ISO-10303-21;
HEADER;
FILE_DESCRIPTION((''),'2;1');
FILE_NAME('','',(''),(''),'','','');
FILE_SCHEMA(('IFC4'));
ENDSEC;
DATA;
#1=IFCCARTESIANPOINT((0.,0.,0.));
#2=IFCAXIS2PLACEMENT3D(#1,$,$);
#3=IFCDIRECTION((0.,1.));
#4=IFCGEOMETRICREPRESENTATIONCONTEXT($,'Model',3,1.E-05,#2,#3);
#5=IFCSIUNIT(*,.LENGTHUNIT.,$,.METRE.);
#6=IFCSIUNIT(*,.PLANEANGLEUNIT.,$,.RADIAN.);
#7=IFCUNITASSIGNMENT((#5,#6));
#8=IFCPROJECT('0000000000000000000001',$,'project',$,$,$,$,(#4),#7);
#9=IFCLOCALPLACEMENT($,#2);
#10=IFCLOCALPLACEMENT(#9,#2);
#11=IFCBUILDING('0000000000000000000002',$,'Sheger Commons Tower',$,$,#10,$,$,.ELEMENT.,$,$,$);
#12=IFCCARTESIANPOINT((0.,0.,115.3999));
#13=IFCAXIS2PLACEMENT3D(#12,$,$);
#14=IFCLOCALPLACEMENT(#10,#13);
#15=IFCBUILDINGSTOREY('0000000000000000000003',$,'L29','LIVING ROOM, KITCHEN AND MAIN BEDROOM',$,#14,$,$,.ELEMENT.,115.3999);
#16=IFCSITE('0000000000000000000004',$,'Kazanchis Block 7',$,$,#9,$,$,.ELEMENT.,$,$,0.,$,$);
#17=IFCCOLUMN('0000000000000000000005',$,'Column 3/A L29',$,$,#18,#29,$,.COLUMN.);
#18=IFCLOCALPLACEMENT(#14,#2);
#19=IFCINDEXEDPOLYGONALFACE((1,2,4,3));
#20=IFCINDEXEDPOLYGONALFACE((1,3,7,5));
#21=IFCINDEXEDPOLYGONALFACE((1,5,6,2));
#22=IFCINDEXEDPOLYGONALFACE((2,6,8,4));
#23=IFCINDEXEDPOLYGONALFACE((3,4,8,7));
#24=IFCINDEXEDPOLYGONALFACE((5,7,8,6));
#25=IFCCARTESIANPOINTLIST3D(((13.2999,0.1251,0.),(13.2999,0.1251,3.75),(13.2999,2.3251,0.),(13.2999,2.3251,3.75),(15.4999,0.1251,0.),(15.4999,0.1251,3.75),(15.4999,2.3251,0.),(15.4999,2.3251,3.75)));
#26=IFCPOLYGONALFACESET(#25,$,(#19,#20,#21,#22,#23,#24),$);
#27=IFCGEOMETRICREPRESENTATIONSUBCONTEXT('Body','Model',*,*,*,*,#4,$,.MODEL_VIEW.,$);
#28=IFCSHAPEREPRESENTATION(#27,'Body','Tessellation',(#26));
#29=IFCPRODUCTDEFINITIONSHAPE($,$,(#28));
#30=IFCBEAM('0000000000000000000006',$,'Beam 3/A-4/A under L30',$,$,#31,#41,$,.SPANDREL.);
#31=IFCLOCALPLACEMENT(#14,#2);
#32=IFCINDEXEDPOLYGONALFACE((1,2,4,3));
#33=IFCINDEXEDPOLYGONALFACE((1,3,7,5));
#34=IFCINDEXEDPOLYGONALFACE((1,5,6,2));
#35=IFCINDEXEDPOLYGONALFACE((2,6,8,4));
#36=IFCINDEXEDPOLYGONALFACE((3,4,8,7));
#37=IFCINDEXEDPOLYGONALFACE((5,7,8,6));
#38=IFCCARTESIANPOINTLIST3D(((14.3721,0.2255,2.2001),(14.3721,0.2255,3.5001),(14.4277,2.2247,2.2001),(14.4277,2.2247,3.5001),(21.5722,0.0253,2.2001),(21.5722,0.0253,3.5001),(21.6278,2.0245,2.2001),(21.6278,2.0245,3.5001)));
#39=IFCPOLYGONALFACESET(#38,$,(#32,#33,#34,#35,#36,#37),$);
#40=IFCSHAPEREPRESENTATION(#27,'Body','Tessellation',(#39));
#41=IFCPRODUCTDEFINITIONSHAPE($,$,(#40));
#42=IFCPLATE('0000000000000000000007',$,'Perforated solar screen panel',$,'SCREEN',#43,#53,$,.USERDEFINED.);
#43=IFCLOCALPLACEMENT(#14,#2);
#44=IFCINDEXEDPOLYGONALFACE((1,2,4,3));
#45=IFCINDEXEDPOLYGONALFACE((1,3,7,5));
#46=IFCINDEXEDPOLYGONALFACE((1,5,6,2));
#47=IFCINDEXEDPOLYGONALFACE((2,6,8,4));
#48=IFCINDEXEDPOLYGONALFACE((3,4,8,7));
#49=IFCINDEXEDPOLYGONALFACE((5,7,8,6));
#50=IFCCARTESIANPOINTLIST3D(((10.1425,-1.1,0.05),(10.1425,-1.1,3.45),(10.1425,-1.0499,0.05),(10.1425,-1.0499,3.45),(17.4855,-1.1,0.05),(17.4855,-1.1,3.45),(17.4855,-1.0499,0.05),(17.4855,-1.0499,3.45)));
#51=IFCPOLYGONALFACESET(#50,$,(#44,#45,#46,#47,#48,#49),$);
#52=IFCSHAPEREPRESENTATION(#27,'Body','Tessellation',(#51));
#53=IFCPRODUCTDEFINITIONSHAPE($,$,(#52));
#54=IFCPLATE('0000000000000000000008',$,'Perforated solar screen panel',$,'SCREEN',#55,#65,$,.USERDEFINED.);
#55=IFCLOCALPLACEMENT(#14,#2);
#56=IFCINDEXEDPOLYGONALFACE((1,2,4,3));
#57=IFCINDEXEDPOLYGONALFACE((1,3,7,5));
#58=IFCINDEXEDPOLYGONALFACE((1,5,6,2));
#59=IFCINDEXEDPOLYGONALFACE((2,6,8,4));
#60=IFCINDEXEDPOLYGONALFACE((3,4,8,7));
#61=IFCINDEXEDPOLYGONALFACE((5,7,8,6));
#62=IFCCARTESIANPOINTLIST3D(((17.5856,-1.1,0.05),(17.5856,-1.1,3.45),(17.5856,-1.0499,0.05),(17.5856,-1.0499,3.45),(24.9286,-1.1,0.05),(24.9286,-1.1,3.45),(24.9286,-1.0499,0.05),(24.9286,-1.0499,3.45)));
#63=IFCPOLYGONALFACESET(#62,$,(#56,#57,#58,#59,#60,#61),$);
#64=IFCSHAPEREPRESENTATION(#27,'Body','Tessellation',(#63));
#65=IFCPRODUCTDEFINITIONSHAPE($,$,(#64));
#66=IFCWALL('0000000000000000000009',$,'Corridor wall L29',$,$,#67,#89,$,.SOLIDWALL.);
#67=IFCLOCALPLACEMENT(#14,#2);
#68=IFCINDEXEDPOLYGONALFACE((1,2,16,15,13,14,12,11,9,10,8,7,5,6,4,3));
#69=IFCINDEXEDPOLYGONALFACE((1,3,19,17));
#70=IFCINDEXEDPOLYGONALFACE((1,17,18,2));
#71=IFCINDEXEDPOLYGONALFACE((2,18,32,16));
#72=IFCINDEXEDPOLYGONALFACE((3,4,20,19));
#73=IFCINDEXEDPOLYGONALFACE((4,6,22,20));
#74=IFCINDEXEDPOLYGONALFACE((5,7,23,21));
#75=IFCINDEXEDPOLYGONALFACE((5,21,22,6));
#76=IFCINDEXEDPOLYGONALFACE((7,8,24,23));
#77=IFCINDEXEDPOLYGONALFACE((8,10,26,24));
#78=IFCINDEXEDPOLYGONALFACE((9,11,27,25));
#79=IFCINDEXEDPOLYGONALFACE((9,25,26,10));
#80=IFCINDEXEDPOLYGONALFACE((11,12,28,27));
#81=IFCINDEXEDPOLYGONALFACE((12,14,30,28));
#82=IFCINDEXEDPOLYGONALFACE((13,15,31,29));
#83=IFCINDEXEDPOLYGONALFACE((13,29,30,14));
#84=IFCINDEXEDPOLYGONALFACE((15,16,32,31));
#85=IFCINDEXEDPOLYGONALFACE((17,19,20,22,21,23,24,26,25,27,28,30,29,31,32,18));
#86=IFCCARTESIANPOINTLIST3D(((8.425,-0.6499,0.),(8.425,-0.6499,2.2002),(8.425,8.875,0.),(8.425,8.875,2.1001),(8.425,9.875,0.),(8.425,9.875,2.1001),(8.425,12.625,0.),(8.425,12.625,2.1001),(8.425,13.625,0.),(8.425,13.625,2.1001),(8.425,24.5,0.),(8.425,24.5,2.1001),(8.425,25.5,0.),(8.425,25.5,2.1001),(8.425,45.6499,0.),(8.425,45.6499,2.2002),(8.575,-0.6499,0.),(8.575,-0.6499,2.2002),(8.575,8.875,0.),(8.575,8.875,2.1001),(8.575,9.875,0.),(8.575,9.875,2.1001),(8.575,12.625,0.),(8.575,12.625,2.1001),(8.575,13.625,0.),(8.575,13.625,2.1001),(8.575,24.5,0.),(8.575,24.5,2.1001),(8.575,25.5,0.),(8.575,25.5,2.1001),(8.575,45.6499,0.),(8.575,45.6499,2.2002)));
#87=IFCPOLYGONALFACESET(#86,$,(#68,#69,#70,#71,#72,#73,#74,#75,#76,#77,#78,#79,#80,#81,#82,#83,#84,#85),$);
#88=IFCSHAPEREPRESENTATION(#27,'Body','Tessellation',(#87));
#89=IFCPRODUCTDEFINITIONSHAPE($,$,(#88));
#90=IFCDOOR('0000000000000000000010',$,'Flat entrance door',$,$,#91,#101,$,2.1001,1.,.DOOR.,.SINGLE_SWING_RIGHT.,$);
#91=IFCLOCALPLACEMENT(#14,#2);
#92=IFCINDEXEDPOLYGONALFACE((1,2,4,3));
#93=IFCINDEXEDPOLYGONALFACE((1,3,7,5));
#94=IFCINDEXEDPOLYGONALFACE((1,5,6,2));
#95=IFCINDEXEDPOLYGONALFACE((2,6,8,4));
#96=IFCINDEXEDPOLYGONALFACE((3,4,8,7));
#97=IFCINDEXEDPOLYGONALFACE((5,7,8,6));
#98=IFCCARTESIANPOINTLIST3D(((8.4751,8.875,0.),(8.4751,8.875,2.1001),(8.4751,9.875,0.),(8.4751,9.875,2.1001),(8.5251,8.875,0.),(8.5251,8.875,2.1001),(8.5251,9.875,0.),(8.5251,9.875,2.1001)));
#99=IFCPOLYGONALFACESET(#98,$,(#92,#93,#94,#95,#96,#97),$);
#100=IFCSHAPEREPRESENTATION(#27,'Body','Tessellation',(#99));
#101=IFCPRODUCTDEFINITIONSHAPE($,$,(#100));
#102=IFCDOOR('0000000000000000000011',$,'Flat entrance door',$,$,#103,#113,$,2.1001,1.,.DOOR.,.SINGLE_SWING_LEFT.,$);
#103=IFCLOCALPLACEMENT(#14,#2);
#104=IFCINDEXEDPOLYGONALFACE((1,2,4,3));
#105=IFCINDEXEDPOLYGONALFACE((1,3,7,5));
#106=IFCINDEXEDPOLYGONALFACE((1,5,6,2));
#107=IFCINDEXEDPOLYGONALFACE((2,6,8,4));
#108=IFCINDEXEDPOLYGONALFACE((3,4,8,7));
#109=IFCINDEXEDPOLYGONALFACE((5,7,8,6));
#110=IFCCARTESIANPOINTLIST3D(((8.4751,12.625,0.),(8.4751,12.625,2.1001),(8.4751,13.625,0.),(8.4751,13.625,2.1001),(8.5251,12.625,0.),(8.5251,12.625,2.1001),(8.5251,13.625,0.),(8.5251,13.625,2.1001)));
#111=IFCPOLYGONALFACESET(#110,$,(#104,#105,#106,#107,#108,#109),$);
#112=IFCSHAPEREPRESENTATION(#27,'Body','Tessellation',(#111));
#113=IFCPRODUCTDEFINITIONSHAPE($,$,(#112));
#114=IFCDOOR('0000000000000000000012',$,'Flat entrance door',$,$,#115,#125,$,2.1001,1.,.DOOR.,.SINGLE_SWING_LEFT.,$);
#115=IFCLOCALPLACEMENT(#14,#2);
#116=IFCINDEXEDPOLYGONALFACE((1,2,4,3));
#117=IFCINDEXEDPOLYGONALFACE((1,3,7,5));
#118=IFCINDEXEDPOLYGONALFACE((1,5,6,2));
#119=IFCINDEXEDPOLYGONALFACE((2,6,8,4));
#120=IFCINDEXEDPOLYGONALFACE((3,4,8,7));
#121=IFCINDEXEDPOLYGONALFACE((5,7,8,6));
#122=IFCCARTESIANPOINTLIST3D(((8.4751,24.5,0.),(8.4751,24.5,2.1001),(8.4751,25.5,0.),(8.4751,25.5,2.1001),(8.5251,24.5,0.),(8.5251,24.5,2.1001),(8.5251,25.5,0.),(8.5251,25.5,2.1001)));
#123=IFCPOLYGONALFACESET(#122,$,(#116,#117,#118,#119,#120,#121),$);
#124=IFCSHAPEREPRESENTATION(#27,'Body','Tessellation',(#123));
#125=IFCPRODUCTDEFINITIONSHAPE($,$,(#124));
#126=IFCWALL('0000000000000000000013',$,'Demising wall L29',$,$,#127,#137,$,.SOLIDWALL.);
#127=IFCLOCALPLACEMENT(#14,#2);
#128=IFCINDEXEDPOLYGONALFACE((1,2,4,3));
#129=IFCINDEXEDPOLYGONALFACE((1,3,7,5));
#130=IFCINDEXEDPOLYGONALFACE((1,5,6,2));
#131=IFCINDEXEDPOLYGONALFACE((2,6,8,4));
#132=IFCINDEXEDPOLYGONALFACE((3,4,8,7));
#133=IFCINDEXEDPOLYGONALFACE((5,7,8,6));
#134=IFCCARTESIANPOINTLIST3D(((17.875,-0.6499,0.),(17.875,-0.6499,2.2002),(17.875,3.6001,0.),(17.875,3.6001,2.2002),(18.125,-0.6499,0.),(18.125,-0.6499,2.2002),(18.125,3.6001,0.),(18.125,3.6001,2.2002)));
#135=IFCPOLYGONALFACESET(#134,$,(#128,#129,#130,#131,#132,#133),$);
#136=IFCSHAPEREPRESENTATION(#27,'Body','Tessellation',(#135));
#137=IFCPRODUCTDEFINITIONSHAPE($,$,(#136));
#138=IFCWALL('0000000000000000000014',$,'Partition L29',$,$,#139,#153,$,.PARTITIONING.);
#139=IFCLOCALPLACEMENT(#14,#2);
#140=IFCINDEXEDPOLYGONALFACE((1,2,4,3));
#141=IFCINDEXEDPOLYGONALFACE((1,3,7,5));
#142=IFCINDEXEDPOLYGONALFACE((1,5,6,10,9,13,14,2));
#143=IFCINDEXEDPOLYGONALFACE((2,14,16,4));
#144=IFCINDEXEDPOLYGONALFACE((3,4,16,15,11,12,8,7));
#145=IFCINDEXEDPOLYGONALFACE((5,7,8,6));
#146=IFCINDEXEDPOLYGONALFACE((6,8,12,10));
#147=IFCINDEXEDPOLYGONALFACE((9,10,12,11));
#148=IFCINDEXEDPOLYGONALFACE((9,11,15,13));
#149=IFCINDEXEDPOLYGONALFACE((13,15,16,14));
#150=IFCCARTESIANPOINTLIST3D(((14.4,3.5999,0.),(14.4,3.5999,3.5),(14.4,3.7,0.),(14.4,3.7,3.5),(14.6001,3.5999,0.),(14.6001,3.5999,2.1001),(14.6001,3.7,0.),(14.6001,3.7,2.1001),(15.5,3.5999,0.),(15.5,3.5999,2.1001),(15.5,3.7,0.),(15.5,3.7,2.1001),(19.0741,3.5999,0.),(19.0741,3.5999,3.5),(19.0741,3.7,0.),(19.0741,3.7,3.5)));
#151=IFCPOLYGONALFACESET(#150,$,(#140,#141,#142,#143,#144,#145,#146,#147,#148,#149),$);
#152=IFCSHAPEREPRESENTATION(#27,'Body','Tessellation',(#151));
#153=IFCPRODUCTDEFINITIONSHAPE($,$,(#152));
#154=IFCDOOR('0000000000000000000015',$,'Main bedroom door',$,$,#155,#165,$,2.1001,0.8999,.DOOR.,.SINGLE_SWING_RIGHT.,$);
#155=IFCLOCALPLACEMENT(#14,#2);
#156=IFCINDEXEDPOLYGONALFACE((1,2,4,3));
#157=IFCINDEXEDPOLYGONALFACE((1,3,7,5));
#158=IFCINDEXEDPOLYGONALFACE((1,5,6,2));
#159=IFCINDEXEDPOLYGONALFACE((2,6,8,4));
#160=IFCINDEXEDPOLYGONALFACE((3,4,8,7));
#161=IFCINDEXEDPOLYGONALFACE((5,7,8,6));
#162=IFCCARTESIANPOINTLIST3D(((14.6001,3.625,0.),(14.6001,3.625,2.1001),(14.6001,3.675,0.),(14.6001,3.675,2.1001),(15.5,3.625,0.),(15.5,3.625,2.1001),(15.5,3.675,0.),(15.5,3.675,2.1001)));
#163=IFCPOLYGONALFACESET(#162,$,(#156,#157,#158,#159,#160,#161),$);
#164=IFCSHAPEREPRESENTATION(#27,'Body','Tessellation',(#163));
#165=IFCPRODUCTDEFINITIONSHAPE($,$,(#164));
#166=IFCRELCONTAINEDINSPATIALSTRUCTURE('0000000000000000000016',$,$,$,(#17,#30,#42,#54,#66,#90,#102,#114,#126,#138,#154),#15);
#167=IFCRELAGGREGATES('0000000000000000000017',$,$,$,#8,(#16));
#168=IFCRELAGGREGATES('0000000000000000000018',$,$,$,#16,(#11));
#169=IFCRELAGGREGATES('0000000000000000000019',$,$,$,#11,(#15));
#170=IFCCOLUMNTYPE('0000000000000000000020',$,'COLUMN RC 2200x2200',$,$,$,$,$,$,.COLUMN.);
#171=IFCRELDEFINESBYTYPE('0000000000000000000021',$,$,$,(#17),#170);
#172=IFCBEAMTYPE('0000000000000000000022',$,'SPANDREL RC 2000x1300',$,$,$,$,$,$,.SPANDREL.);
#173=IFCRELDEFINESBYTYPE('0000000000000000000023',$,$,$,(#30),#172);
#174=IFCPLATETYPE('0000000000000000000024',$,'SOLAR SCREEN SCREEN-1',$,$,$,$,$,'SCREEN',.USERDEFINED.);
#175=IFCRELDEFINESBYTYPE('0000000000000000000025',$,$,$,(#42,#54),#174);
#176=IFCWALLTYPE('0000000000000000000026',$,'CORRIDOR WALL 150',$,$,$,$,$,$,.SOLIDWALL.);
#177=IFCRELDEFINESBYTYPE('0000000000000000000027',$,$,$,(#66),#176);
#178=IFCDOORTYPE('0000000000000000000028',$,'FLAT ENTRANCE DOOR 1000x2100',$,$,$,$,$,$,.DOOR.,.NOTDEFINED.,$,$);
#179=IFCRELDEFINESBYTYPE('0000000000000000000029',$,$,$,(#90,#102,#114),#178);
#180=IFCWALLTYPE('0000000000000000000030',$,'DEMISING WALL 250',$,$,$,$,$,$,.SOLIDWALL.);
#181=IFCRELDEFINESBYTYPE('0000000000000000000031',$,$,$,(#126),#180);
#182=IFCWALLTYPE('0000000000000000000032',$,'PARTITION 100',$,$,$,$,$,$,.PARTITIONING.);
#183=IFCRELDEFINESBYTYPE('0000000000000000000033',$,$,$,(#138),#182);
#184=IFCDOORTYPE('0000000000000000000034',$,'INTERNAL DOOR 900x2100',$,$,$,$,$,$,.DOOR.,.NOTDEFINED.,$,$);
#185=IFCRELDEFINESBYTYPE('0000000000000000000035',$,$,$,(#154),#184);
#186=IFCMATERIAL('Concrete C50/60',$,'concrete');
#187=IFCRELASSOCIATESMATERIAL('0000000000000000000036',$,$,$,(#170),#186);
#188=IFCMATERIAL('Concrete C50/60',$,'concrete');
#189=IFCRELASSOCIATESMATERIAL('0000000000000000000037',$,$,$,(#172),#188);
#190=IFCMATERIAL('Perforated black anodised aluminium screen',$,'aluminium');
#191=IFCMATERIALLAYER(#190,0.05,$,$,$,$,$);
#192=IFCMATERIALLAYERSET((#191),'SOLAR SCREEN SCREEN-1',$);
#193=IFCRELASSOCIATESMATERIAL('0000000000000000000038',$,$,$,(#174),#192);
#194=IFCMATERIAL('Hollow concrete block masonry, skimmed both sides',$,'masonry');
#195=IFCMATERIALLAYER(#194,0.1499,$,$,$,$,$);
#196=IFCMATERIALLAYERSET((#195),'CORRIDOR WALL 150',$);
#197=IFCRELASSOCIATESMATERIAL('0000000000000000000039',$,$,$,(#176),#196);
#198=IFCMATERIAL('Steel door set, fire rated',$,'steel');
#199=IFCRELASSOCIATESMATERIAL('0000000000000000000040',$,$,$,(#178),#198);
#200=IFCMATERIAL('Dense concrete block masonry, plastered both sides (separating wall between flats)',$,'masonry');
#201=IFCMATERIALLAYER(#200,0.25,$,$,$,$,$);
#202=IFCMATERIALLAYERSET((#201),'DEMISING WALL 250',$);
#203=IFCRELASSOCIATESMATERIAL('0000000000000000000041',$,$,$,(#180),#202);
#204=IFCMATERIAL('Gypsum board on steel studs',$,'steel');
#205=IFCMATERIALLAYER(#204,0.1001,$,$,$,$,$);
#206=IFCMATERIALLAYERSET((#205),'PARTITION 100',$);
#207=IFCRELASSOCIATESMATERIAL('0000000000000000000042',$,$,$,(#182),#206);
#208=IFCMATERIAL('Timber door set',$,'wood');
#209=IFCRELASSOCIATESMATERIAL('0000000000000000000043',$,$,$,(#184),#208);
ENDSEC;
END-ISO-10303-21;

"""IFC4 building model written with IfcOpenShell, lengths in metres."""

from ifc_helpers import new_model, si_unit, direction, frame, frame_2d, origin, origin_2d, place, context, subcontext, project, spatial, rectangle, extrude, material, layer, layer_set, material_profile, profile_set, type_object, element, fill, save


model = new_model("IFC4")

# Units and contexts
model_context = context("Model", 3, precision=1e-05, world=origin(), true_north=direction((0.0, 1.0)))
body_context = subcontext(model_context, "Body", "Model", "MODEL_VIEW")
ifc_project = project(units=[si_unit("LENGTHUNIT", "METRE"), si_unit("PLANEANGLEUNIT", "RADIAN")], contexts=[model_context])

# Site, building, storey
site_placement = place(None, origin())
site = spatial("IfcSite", under=ifc_project, at=site_placement, Name="Kazanchis Block 7", CompositionType="ELEMENT", RefElevation=0.0)
building_placement = place(site_placement, origin())
building = spatial("IfcBuilding", under=site, at=building_placement, Name="Sheger Commons Tower", CompositionType="ELEMENT")
storey_placement = place(building_placement, frame((0.0, 0.0, 115.3999)))
storey = spatial("IfcBuildingStorey", under=building, at=storey_placement, Name="L29", Description="LIVING ROOM, KITCHEN AND MAIN BEDROOM", CompositionType="ELEMENT", Elevation=115.3999)

# Column
ifc_material_1 = material(Name="Concrete C50/60", Category="concrete")
ifc_material_profile_1 = material_profile(ifc_material_1, rectangle(XDim=2.2, YDim=2.2, at=origin_2d()), Name="RC 2200x2200")
ifc_profile_set_1 = profile_set([ifc_material_profile_1], Name="Concrete C50/60")
column_type = type_object("IfcColumnType", Name="COLUMN RC 2200x2200", PredefinedType="COLUMN", material=ifc_profile_set_1)
column_placement = place(storey_placement, frame((14.3999, 1.2251, 0.0), z_axis=(0.0, 0.0, 1.0), x_axis=(1.0, 0.0, 0.0)))
element("IfcColumn", 1, at=column_placement, inside=storey, type_object=column_type, Name="Column 3/A L29", PredefinedType="COLUMN", context=body_context, shape_type="SweptSolid", body=[
    extrude(rectangle(XDim=2.2, YDim=2.2, at=origin_2d()), origin(), (0.0, 0.0, 1.0), 3.75),
])

# Beam
ifc_material_2 = material(Name="Concrete C50/60", Category="concrete")
ifc_material_profile_2 = material_profile(ifc_material_2, rectangle(XDim=2.0, YDim=1.3, at=origin_2d()), Name="RC 2000x1300")
ifc_profile_set_2 = profile_set([ifc_material_profile_2], Name="Concrete C50/60")
beam_type = type_object("IfcBeamType", Name="SPANDREL RC 2000x1300", PredefinedType="SPANDREL", material=ifc_profile_set_2)
beam_placement = place(storey_placement, frame((14.3999, 1.2251, 2.8501), z_axis=(0.999614, -0.027793, 0.0), x_axis=(0.027793, 0.999614, 0.0)))
element("IfcBeam", 2, at=beam_placement, inside=storey, type_object=beam_type, Name="Beam 3/A-4/A under L30", PredefinedType="SPANDREL", context=body_context, shape_type="SweptSolid", body=[
    extrude(rectangle(XDim=2.0, YDim=1.3, at=origin_2d()), origin(), (0.0, 0.0, 1.0), 7.2029),
])

# Plates
ifc_material_3 = material(Name="Perforated black anodised aluminium screen", Category="aluminium")
ifc_layer_1 = layer(ifc_material_3, 0.05)
ifc_layer_set_1 = layer_set([ifc_layer_1], Name="SOLAR SCREEN SCREEN-1")
plate_type = type_object("IfcPlateType", Name="SOLAR SCREEN SCREEN-1", ElementType="SCREEN", PredefinedType="USERDEFINED", material=ifc_layer_set_1)
for number, where, z_axis, x_axis, name in (
    (3, (13.814, -1.075, 0.05), (0.0, 0.0, 1.0), (1.0, 0.0, 0.0), "Perforated solar screen panel"),
    (4, (21.2571, -1.075, 0.05), (0.0, 0.0, 1.0), (1.0, 0.0, 0.0), "Perforated solar screen panel"),
):
    element("IfcPlate", number, at=place(storey_placement, frame(where, z_axis=z_axis, x_axis=x_axis)), inside=storey, type_object=plate_type, Name=name, ObjectType="SCREEN", PredefinedType="USERDEFINED", context=body_context, shape_type="SweptSolid", body=[
        extrude(rectangle(XDim=7.343, YDim=0.05, at=origin_2d()), origin(), (0.0, 0.0, 1.0), 3.3999),
    ])

# Wall, openings, doors
ifc_material_4 = material(Name="Hollow concrete block masonry, skimmed both sides", Category="masonry")
ifc_layer_2 = layer(ifc_material_4, 0.1499)
ifc_layer_set_2 = layer_set([ifc_layer_2], Name="CORRIDOR WALL 150")
wall_type_1 = type_object("IfcWallType", Name="CORRIDOR WALL 150", PredefinedType="SOLIDWALL", material=ifc_layer_set_2)
wall_1_placement = place(storey_placement, frame((8.5, -0.6499, 0.0), z_axis=(0.0, 0.0, 1.0), x_axis=(0.0, 1.0, 0.0)))
wall_1 = element("IfcWall", 5, at=wall_1_placement, inside=storey, type_object=wall_type_1, Name="Corridor wall L29", PredefinedType="SOLIDWALL", context=body_context, shape_type="SweptSolid", body=[
    extrude(rectangle(XDim=46.2998, YDim=0.1499, at=frame_2d((23.1499, 0.0))), origin(), (0.0, 0.0, 1.0), 2.2002),
])
opening_1_placement = place(wall_1_placement, frame((9.5249, 0.0, 0.0)))
opening_1 = element("IfcOpeningElement", 6, at=opening_1_placement, cuts=wall_1, PredefinedType="OPENING", context=body_context, shape_type="SweptSolid", body=[
    extrude(rectangle(XDim=1.0, YDim=2.1001, at=frame_2d((0.5, 1.05))), frame((0.0, 0.085, 0.0), z_axis=(0.0, -1.0, 0.0), x_axis=(1.0, 0.0, 0.0)), (0.0, 0.0, 1.0), 0.1699),
])
opening_2_placement = place(wall_1_placement, frame((13.2749, 0.0, 0.0)))
opening_2 = element("IfcOpeningElement", 7, at=opening_2_placement, cuts=wall_1, PredefinedType="OPENING", context=body_context, shape_type="SweptSolid", body=[
    extrude(rectangle(XDim=1.0, YDim=2.1001, at=frame_2d((0.5, 1.05))), frame((0.0, 0.085, 0.0), z_axis=(0.0, -1.0, 0.0), x_axis=(1.0, 0.0, 0.0)), (0.0, 0.0, 1.0), 0.1699),
])
opening_3_placement = place(wall_1_placement, frame((25.1499, 0.0, 0.0)))
opening_3 = element("IfcOpeningElement", 8, at=opening_3_placement, cuts=wall_1, PredefinedType="OPENING", context=body_context, shape_type="SweptSolid", body=[
    extrude(rectangle(XDim=1.0, YDim=2.1001, at=frame_2d((0.5, 1.05))), frame((0.0, 0.085, 0.0), z_axis=(0.0, -1.0, 0.0), x_axis=(1.0, 0.0, 0.0)), (0.0, 0.0, 1.0), 0.1699),
])
ifc_material_5 = material(Name="Steel door set, fire rated", Category="steel")
door_type_1 = type_object("IfcDoorType", Name="FLAT ENTRANCE DOOR 1000x2100", OperationType="NOTDEFINED", PredefinedType="DOOR", material=ifc_material_5)
door_1_placement = place(opening_1_placement, origin())
door_1 = element("IfcDoor", 9, at=door_1_placement, inside=storey, type_object=door_type_1, Name="Flat entrance door", OperationType="SINGLE_SWING_RIGHT", OverallHeight=2.1001, OverallWidth=1.0, PredefinedType="DOOR", context=body_context, shape_type="SweptSolid", body=[
    extrude(rectangle(XDim=1.0, YDim=2.1001, at=frame_2d((0.5, 1.05))), frame((0.0, 0.0249, 0.0), z_axis=(0.0, -1.0, 0.0), x_axis=(1.0, 0.0, 0.0)), (0.0, 0.0, 1.0), 0.05),
])
fill(opening_1, door_1)
door_2_placement = place(opening_2_placement, origin())
door_2 = element("IfcDoor", 10, at=door_2_placement, inside=storey, type_object=door_type_1, Name="Flat entrance door", OperationType="SINGLE_SWING_LEFT", OverallHeight=2.1001, OverallWidth=1.0, PredefinedType="DOOR", context=body_context, shape_type="SweptSolid", body=[
    extrude(rectangle(XDim=1.0, YDim=2.1001, at=frame_2d((0.5, 1.05))), frame((0.0, 0.0249, 0.0), z_axis=(0.0, -1.0, 0.0), x_axis=(1.0, 0.0, 0.0)), (0.0, 0.0, 1.0), 0.05),
])
fill(opening_2, door_2)
door_3_placement = place(opening_3_placement, origin())
door_3 = element("IfcDoor", 11, at=door_3_placement, inside=storey, type_object=door_type_1, Name="Flat entrance door", OperationType="SINGLE_SWING_LEFT", OverallHeight=2.1001, OverallWidth=1.0, PredefinedType="DOOR", context=body_context, shape_type="SweptSolid", body=[
    extrude(rectangle(XDim=1.0, YDim=2.1001, at=frame_2d((0.5, 1.05))), frame((0.0, 0.0249, 0.0), z_axis=(0.0, -1.0, 0.0), x_axis=(1.0, 0.0, 0.0)), (0.0, 0.0, 1.0), 0.05),
])
fill(opening_3, door_3)

# Wall
ifc_material_6 = material(Name="Dense concrete block masonry, plastered both sides (separating wall between flats)", Category="masonry")
ifc_layer_3 = layer(ifc_material_6, 0.25)
ifc_layer_set_3 = layer_set([ifc_layer_3], Name="DEMISING WALL 250")
wall_type_2 = type_object("IfcWallType", Name="DEMISING WALL 250", PredefinedType="SOLIDWALL", material=ifc_layer_set_3)
wall_2_placement = place(storey_placement, frame((18.0, -0.6499, 0.0), z_axis=(0.0, 0.0, 1.0), x_axis=(0.0, 1.0, 0.0)))
element("IfcWall", 12, at=wall_2_placement, inside=storey, type_object=wall_type_2, Name="Demising wall L29", PredefinedType="SOLIDWALL", context=body_context, shape_type="SweptSolid", body=[
    extrude(rectangle(XDim=4.25, YDim=0.25, at=frame_2d((2.125, 0.0))), origin(), (0.0, 0.0, 1.0), 2.2002),
])

# Wall, opening, door
ifc_material_7 = material(Name="Gypsum board on steel studs", Category="steel")
ifc_layer_4 = layer(ifc_material_7, 0.1001)
ifc_layer_set_4 = layer_set([ifc_layer_4], Name="PARTITION 100")
wall_type_3 = type_object("IfcWallType", Name="PARTITION 100", PredefinedType="PARTITIONING", material=ifc_layer_set_4)
wall_3_placement = place(storey_placement, frame((19.074, 3.6499, 0.0), z_axis=(0.0, 0.0, 1.0), x_axis=(-1.0, 0.0, 0.0)))
wall_3 = element("IfcWall", 13, at=wall_3_placement, inside=storey, type_object=wall_type_3, Name="Partition L29", PredefinedType="PARTITIONING", context=body_context, shape_type="SweptSolid", body=[
    extrude(rectangle(XDim=4.6741, YDim=0.1001, at=frame_2d((2.3369, 0.0))), origin(), (0.0, 0.0, 1.0), 3.5),
])
opening_4_placement = place(wall_3_placement, frame((3.574, 0.0, 0.0)))
opening_4 = element("IfcOpeningElement", 14, at=opening_4_placement, cuts=wall_3, PredefinedType="OPENING", context=body_context, shape_type="SweptSolid", body=[
    extrude(rectangle(XDim=0.8999, YDim=2.1001, at=frame_2d((0.45, 1.05))), frame((0.0, 0.0601, 0.0), z_axis=(0.0, -1.0, 0.0), x_axis=(1.0, 0.0, 0.0)), (0.0, 0.0, 1.0), 0.1201),
])
ifc_material_8 = material(Name="Timber door set", Category="wood")
door_type_2 = type_object("IfcDoorType", Name="INTERNAL DOOR 900x2100", OperationType="NOTDEFINED", PredefinedType="DOOR", material=ifc_material_8)
door_4_placement = place(opening_4_placement, origin())
door_4 = element("IfcDoor", 15, at=door_4_placement, inside=storey, type_object=door_type_2, Name="Main bedroom door", OperationType="SINGLE_SWING_RIGHT", OverallHeight=2.1001, OverallWidth=0.8999, PredefinedType="DOOR", context=body_context, shape_type="SweptSolid", body=[
    extrude(rectangle(XDim=0.8999, YDim=2.1001, at=frame_2d((0.45, 1.05))), frame((0.0, 0.0249, 0.0), z_axis=(0.0, -1.0, 0.0), x_axis=(1.0, 0.0, 0.0)), (0.0, 0.0, 1.0), 0.05),
])
fill(opening_4, door_4)

save(model, "model.ifc")
